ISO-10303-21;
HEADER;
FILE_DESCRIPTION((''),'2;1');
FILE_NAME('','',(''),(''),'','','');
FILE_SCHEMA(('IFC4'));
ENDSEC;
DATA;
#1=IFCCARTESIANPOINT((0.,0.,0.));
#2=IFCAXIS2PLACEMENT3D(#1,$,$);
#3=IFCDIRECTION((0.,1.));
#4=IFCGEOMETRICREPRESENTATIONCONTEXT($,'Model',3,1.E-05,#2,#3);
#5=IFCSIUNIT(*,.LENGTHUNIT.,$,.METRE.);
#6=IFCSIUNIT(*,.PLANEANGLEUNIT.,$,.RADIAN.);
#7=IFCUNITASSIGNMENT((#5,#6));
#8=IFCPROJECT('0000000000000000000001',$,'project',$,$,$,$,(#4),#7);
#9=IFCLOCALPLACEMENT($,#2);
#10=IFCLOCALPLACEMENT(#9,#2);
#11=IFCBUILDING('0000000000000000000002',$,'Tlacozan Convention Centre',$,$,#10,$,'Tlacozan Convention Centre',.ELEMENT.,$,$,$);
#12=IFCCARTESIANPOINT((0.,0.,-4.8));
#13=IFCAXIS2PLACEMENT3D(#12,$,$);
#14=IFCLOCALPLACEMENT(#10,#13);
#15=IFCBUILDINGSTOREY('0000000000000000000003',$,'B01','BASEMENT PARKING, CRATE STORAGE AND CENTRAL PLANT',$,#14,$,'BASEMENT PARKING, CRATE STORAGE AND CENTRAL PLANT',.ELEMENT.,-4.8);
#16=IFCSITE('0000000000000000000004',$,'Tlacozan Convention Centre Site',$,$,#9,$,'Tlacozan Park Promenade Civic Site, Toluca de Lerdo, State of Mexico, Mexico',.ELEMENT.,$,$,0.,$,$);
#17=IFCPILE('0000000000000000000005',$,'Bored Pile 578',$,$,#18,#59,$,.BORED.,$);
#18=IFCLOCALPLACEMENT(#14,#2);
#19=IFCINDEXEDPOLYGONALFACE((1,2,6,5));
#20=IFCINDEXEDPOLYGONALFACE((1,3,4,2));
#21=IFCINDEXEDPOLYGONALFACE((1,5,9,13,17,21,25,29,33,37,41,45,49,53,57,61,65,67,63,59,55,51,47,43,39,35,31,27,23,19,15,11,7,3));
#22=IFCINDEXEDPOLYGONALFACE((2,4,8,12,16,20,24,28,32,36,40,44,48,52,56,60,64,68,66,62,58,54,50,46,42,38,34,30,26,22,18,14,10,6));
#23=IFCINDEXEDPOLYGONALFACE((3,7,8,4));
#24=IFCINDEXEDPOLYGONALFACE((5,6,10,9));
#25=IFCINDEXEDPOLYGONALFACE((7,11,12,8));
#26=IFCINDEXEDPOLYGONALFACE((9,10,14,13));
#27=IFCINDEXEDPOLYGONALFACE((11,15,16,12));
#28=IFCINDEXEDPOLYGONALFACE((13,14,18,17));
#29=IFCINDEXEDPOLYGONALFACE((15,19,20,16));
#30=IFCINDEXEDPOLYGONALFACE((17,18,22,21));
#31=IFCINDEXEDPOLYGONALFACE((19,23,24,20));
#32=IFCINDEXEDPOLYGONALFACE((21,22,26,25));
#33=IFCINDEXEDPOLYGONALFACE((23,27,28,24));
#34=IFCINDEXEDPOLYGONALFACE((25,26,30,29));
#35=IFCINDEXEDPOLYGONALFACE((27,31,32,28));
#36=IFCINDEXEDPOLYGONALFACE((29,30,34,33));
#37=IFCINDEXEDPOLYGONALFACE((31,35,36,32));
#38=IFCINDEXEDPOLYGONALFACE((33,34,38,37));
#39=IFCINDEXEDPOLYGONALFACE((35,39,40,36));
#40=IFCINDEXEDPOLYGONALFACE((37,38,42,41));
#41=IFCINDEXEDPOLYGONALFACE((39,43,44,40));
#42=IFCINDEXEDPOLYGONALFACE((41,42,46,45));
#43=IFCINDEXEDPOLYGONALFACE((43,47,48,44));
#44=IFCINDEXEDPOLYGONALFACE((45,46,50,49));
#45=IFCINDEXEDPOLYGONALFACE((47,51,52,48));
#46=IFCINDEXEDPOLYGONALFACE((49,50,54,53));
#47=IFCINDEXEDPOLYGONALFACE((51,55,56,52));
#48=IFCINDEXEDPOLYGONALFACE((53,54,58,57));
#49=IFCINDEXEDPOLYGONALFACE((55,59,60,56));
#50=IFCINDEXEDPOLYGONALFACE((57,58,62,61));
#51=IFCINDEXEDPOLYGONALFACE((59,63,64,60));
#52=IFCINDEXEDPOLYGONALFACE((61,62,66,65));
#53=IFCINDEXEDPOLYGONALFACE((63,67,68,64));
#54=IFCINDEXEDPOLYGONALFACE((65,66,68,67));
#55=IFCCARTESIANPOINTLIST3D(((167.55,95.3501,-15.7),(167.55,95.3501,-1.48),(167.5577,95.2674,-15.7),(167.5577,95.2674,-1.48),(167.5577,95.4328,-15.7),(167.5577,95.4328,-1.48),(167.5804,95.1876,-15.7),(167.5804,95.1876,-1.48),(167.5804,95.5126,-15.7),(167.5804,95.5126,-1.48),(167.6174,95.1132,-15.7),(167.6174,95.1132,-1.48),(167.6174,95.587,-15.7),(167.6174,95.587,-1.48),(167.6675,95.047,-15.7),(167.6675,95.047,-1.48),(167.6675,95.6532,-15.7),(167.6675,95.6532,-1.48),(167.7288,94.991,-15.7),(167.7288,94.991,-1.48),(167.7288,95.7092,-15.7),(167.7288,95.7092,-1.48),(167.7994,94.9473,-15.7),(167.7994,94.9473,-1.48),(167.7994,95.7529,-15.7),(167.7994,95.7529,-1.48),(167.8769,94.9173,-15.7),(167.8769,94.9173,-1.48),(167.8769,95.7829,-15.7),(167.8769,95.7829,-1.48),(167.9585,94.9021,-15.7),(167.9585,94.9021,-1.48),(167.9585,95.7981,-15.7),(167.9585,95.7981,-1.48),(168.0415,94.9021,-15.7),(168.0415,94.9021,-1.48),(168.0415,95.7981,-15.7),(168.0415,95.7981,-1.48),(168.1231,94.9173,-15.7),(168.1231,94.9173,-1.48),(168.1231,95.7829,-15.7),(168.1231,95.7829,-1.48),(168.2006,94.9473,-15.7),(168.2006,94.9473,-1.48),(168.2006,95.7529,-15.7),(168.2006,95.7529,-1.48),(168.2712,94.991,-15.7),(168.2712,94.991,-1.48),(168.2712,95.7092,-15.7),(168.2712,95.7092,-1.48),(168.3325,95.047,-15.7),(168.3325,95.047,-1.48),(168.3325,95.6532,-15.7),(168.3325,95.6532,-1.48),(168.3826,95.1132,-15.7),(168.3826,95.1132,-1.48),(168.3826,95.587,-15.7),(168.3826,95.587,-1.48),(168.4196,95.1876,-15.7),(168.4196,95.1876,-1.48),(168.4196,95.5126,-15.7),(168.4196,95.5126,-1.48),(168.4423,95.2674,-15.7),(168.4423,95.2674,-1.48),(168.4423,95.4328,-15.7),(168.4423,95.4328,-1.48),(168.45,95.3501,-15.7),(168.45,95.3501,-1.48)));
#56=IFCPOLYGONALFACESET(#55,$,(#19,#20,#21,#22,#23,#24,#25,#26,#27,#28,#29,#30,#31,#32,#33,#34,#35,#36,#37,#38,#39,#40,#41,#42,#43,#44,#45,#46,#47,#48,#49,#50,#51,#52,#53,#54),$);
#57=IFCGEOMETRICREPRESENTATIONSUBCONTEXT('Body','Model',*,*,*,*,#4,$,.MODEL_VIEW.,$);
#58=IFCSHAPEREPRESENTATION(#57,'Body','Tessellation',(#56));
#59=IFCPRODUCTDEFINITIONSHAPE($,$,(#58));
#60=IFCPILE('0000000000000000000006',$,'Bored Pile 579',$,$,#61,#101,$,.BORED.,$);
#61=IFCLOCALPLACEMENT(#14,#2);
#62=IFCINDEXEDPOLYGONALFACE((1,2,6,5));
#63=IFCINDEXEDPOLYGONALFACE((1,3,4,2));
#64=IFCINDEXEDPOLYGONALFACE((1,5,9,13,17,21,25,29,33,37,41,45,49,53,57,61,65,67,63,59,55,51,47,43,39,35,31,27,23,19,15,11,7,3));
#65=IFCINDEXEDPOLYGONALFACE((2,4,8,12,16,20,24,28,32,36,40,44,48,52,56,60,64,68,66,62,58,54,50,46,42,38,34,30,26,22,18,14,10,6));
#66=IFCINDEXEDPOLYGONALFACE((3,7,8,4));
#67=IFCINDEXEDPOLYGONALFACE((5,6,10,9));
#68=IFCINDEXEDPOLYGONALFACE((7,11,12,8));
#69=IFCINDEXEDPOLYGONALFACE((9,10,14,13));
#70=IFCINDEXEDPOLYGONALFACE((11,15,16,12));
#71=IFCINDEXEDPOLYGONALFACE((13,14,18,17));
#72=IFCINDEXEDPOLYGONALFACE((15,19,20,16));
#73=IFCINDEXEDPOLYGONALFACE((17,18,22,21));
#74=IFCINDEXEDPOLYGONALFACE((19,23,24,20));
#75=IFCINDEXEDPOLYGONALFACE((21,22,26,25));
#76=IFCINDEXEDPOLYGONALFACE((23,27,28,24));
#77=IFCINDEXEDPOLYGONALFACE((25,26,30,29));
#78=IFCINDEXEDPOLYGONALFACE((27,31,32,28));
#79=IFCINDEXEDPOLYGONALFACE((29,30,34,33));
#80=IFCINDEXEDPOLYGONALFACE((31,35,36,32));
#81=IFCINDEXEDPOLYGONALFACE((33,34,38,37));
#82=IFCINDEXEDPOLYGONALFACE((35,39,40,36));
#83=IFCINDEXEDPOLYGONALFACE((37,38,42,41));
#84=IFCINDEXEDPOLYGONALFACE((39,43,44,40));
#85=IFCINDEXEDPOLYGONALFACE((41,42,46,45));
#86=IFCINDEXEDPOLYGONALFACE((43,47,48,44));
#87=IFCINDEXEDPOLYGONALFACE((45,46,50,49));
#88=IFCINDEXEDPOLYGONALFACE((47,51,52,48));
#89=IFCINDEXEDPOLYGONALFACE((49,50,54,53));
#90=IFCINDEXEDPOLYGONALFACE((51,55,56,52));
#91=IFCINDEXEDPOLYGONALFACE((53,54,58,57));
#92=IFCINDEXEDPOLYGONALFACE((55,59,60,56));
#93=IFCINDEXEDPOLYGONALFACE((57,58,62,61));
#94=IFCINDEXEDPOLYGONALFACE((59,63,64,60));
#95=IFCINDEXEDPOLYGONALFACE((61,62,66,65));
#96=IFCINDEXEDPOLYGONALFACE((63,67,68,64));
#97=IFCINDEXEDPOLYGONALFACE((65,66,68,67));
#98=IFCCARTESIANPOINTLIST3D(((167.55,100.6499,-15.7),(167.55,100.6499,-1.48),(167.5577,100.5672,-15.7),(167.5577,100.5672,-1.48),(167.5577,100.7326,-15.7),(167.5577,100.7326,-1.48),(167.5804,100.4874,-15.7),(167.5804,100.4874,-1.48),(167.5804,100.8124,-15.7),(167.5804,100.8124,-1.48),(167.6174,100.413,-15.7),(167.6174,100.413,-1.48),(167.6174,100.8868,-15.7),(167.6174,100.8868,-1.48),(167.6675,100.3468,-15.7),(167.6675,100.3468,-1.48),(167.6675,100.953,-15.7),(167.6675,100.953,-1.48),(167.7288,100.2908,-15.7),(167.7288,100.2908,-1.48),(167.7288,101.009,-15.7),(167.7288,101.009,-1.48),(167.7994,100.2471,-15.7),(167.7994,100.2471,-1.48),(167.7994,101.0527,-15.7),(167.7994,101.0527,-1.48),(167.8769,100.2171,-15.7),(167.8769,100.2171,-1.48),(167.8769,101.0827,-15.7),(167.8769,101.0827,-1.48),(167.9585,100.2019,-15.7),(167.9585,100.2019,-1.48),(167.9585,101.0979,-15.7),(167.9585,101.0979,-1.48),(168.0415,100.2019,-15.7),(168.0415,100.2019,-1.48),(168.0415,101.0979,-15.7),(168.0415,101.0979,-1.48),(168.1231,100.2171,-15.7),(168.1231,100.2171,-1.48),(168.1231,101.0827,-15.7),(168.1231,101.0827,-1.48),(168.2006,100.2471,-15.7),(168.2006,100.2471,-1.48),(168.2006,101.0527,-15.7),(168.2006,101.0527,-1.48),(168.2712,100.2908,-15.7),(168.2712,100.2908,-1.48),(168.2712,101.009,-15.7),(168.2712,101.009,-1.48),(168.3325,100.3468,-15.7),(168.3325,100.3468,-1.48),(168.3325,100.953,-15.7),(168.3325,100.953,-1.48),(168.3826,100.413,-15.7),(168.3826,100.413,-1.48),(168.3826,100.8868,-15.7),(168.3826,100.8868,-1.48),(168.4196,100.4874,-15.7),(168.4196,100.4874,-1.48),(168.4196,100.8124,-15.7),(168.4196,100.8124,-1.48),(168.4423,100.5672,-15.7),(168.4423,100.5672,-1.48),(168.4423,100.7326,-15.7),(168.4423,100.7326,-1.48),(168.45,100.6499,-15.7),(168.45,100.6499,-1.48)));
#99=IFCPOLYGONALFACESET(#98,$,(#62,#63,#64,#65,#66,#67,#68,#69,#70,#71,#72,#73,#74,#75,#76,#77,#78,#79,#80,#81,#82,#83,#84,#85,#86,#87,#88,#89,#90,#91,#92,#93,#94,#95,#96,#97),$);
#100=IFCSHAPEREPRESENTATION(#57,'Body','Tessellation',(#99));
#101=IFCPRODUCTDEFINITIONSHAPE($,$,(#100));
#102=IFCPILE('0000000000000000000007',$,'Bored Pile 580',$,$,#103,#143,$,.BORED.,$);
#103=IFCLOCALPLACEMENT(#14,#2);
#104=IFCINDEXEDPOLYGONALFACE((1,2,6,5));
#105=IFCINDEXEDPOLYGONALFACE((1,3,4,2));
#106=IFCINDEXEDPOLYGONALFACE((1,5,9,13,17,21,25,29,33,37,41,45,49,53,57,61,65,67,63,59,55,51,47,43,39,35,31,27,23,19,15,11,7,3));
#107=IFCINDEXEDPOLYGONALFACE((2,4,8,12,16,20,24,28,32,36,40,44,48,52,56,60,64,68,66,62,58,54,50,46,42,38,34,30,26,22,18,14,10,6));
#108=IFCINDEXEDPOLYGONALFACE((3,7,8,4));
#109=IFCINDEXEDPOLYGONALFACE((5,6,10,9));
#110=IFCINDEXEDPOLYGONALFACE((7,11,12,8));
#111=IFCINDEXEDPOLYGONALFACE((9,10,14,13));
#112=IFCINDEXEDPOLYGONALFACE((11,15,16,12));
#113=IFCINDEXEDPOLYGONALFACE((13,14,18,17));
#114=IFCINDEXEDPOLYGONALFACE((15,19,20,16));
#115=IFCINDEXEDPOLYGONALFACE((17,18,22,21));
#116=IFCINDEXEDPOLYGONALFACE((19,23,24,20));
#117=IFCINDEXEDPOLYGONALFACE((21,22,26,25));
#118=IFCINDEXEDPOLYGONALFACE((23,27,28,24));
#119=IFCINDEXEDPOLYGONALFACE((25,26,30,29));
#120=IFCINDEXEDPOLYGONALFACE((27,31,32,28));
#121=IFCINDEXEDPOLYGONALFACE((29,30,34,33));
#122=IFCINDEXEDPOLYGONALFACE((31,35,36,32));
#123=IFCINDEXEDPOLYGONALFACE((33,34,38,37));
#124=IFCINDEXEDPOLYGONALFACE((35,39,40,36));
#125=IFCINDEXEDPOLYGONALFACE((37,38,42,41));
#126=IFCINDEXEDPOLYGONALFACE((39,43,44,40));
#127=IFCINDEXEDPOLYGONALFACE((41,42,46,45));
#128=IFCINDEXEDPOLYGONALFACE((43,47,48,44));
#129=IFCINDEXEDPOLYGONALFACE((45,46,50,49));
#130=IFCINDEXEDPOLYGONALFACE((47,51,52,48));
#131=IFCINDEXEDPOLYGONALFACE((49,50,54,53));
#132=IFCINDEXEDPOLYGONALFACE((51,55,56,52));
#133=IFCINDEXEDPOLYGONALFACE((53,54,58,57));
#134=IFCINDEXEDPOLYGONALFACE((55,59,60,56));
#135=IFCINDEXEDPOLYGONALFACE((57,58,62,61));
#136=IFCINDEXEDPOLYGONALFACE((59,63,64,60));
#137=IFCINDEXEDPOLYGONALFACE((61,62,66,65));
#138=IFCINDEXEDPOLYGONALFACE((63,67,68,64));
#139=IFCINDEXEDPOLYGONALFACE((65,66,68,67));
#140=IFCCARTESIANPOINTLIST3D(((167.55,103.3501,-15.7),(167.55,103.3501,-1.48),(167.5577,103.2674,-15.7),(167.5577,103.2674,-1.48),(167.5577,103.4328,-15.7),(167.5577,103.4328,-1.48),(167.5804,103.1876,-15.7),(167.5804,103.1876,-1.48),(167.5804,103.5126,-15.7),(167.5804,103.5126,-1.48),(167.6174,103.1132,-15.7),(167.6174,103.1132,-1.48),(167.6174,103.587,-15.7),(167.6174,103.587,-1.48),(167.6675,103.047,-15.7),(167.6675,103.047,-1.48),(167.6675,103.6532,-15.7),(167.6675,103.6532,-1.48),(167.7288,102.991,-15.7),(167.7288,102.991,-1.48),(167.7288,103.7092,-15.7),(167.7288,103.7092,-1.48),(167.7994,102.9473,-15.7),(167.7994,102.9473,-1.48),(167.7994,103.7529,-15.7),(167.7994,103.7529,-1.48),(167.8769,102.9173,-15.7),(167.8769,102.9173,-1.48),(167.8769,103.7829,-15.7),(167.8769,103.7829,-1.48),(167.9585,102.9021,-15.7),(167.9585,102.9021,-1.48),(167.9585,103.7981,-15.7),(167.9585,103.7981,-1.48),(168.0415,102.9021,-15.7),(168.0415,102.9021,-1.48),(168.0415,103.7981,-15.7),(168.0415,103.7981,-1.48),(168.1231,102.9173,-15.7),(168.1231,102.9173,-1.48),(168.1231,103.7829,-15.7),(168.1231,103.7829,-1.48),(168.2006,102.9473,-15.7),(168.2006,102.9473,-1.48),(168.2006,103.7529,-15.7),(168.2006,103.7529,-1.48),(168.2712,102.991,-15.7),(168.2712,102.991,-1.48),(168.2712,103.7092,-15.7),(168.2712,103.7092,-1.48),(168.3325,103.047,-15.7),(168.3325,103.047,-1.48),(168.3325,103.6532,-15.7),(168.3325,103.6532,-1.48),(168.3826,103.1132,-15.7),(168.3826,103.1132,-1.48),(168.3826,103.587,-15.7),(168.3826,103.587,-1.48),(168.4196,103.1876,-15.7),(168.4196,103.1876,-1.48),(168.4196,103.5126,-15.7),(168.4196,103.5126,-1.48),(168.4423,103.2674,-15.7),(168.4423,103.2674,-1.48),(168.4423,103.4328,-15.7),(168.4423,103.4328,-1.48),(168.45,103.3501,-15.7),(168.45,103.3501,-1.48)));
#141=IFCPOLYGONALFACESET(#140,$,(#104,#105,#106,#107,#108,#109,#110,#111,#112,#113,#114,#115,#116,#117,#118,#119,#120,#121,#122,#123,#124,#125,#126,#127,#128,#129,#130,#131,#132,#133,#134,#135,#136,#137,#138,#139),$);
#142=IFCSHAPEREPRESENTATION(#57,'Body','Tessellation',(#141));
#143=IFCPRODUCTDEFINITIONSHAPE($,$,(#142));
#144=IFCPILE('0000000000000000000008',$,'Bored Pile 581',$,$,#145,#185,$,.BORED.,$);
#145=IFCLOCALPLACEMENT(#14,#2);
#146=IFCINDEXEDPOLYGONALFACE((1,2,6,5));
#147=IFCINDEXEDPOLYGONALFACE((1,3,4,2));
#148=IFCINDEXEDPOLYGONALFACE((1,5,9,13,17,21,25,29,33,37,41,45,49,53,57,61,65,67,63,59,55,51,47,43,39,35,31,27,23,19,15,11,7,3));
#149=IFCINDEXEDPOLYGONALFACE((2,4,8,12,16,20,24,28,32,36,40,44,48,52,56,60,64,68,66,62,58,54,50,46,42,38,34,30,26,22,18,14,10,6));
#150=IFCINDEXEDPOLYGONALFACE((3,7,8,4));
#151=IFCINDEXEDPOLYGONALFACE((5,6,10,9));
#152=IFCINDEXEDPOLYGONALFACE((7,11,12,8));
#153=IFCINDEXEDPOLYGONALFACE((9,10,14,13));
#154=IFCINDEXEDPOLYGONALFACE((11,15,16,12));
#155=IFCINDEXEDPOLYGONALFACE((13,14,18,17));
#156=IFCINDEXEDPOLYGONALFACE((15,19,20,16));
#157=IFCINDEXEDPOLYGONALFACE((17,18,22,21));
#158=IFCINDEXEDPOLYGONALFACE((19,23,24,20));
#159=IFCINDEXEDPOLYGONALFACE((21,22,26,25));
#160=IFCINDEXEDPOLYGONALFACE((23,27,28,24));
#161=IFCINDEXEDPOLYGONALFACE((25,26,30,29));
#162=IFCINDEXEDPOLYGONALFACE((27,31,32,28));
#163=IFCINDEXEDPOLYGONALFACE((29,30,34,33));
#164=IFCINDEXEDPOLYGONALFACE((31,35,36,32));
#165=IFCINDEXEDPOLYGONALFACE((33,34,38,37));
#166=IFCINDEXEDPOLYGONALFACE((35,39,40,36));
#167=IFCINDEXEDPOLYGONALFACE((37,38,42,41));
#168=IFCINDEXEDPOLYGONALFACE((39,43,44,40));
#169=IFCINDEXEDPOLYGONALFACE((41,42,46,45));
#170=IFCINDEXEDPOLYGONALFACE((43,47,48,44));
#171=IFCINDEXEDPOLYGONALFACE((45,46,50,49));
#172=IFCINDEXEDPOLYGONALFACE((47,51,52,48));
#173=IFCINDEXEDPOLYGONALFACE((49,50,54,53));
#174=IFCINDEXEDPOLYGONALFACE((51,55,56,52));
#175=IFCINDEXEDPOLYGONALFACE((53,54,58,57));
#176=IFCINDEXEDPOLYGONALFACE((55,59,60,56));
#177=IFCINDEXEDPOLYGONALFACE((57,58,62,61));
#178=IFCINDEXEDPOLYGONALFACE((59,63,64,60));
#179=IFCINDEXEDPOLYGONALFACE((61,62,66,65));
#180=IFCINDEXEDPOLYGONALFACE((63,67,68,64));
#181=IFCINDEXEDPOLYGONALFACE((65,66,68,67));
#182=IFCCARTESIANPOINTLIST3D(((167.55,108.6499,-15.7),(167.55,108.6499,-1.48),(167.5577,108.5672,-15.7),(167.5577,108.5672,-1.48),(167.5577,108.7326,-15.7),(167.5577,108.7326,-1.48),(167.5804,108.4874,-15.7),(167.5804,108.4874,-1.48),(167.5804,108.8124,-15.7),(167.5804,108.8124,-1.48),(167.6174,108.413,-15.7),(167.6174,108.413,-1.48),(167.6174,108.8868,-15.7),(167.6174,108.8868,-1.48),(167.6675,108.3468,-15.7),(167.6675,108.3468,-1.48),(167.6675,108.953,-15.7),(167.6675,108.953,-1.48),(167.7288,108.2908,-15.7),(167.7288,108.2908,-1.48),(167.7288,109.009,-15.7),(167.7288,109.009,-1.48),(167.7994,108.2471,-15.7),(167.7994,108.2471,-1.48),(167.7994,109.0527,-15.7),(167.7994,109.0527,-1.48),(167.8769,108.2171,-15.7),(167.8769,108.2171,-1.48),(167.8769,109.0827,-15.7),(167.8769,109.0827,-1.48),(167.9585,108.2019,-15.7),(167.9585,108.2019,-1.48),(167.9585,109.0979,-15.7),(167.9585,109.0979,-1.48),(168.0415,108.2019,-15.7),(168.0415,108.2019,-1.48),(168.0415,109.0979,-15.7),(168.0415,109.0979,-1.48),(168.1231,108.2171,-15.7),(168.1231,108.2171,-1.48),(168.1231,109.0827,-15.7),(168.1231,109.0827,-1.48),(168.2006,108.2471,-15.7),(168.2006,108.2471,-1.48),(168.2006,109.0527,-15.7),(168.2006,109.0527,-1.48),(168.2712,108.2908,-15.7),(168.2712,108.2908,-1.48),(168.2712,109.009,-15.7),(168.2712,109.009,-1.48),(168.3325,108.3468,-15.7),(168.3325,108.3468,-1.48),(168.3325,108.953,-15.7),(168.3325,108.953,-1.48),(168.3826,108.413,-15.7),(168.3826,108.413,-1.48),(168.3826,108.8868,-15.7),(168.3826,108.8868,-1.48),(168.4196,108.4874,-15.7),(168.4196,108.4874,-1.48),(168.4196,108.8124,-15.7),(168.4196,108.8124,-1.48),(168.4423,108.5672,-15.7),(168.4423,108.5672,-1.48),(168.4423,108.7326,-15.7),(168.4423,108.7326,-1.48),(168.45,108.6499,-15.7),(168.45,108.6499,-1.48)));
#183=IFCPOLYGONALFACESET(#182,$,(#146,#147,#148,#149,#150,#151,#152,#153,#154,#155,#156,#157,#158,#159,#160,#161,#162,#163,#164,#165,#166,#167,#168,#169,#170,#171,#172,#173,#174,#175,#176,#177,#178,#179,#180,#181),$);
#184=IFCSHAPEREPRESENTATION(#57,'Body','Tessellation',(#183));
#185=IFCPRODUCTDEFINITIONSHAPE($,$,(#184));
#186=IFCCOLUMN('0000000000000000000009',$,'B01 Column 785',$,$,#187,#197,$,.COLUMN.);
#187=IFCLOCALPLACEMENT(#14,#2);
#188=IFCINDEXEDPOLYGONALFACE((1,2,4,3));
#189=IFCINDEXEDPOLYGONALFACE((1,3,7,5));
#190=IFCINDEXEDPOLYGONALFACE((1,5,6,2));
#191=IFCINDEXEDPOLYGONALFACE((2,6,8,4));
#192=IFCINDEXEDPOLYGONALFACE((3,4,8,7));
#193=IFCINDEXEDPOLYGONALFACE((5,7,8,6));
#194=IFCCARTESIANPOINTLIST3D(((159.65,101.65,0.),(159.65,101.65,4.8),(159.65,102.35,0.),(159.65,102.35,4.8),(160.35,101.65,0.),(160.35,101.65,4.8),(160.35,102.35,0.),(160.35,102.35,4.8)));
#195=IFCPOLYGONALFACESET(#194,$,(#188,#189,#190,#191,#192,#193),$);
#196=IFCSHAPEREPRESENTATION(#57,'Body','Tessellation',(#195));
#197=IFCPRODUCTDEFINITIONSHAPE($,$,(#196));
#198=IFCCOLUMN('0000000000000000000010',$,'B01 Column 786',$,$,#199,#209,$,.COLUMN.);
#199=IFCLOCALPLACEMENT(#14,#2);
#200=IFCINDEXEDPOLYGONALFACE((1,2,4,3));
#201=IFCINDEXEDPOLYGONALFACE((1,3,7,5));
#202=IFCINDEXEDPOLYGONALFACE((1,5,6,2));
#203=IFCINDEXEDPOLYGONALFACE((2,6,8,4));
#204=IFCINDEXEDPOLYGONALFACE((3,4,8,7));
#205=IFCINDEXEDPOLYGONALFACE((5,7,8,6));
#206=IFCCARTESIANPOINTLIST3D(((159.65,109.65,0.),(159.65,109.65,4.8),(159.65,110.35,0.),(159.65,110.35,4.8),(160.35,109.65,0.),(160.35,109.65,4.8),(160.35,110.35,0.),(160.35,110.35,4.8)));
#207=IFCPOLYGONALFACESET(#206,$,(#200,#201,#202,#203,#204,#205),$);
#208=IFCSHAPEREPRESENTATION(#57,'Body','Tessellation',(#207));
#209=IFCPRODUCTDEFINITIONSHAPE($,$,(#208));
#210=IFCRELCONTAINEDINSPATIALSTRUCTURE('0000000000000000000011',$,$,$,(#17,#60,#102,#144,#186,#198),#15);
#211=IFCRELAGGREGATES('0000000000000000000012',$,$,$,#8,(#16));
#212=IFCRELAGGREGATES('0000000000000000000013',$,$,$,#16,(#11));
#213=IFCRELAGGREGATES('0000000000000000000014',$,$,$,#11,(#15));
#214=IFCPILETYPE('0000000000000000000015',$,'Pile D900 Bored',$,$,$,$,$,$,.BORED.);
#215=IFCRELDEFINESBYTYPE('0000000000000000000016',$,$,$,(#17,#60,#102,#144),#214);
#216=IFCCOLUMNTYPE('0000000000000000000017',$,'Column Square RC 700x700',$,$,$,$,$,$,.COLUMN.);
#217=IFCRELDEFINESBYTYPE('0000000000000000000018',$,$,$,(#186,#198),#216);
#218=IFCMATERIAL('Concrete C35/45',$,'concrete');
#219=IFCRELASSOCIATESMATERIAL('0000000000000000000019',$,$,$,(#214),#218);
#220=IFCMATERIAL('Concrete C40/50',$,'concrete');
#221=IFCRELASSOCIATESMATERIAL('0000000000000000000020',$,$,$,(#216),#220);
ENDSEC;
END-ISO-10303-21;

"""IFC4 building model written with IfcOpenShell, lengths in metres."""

from ifc_helpers import new_model, si_unit, direction, frame, origin, origin_2d, place, context, subcontext, project, spatial, rectangle, circle, extrude, material, material_profile, profile_set, type_object, element, save


model = new_model("IFC4")

# Units and contexts
model_context = context("Model", 3, precision=1e-05, world=origin(), true_north=direction((0.0, 1.0)))
body_context = subcontext(model_context, "Body", "Model", "MODEL_VIEW")
ifc_project = project(units=[si_unit("LENGTHUNIT", "METRE"), si_unit("PLANEANGLEUNIT", "RADIAN")], contexts=[model_context])

# Site, building, storey
site_placement = place(None, origin())
site = spatial("IfcSite", under=ifc_project, at=site_placement, Name="Tlacozan Convention Centre Site", LongName="Tlacozan Park Promenade Civic Site, Toluca de Lerdo, State of Mexico, Mexico", CompositionType="ELEMENT", RefElevation=0.0)
building_placement = place(site_placement, origin())
building = spatial("IfcBuilding", under=site, at=building_placement, Name="Tlacozan Convention Centre", LongName="Tlacozan Convention Centre", CompositionType="ELEMENT")
storey_placement = place(building_placement, frame((0.0, 0.0, -4.8)))
storey = spatial("IfcBuildingStorey", under=building, at=storey_placement, Name="B01", Description="BASEMENT PARKING, CRATE STORAGE AND CENTRAL PLANT", LongName="BASEMENT PARKING, CRATE STORAGE AND CENTRAL PLANT", CompositionType="ELEMENT", Elevation=-4.8)

# Shared definitions
ifc_material_1 = material(Name="Concrete C35/45", Category="concrete")

# Piles
ifc_material_profile_1 = material_profile(ifc_material_1, circle(Radius=0.45, at=origin_2d()), Name="PILE D900")
ifc_profile_set_1 = profile_set([ifc_material_profile_1], Name="Concrete C35/45")
pile_type_1 = type_object("IfcPileType", Name="Pile D900 Bored", PredefinedType="BORED", material=ifc_profile_set_1)
for number, where, z_axis, x_axis, name in (
    (1, (168.0, 95.3501, -1.48), (0.0, 0.0, -1.0), (1.0, 0.0, 0.0), "Bored Pile 578"),
    (2, (168.0, 100.6499, -1.48), (0.0, 0.0, -1.0), (1.0, 0.0, 0.0), "Bored Pile 579"),
    (3, (168.0, 103.3501, -1.48), (0.0, 0.0, -1.0), (1.0, 0.0, 0.0), "Bored Pile 580"),
    (4, (168.0, 108.6499, -1.48), (0.0, 0.0, -1.0), (1.0, 0.0, 0.0), "Bored Pile 581"),
):
    element("IfcPile", number, at=place(storey_placement, frame(where, z_axis=z_axis, x_axis=x_axis)), inside=storey, type_object=pile_type_1, Name=name, PredefinedType="BORED", context=body_context, shape_type="SweptSolid", body=[
        extrude(circle(Radius=0.45, at=origin_2d()), origin(), (0.0, 0.0, 1.0), 14.22),
    ])

# Columns
ifc_material_2 = material(Name="Concrete C40/50", Category="concrete")
ifc_material_profile_2 = material_profile(ifc_material_2, rectangle(XDim=0.7, YDim=0.7, at=origin_2d()), Name="RC 700x700")
ifc_profile_set_2 = profile_set([ifc_material_profile_2], Name="Concrete C40/50")
column_type_1 = type_object("IfcColumnType", Name="Column Square RC 700x700", PredefinedType="COLUMN", material=ifc_profile_set_2)
for number, where, z_axis, x_axis, name in (
    (5, (160.0, 102.0, 0.0), (0.0, 0.0, 1.0), (1.0, 0.0, 0.0), "B01 Column 785"),
    (6, (160.0, 110.0, 0.0), (0.0, 0.0, 1.0), (1.0, 0.0, 0.0), "B01 Column 786"),
):
    element("IfcColumn", number, at=place(storey_placement, frame(where, z_axis=z_axis, x_axis=x_axis)), inside=storey, type_object=column_type_1, Name=name, PredefinedType="COLUMN", context=body_context, shape_type="SweptSolid", body=[
        extrude(rectangle(XDim=0.7, YDim=0.7, at=origin_2d()), origin(), (0.0, 0.0, 1.0), 4.8),
    ])

save(model, "model.ifc")
